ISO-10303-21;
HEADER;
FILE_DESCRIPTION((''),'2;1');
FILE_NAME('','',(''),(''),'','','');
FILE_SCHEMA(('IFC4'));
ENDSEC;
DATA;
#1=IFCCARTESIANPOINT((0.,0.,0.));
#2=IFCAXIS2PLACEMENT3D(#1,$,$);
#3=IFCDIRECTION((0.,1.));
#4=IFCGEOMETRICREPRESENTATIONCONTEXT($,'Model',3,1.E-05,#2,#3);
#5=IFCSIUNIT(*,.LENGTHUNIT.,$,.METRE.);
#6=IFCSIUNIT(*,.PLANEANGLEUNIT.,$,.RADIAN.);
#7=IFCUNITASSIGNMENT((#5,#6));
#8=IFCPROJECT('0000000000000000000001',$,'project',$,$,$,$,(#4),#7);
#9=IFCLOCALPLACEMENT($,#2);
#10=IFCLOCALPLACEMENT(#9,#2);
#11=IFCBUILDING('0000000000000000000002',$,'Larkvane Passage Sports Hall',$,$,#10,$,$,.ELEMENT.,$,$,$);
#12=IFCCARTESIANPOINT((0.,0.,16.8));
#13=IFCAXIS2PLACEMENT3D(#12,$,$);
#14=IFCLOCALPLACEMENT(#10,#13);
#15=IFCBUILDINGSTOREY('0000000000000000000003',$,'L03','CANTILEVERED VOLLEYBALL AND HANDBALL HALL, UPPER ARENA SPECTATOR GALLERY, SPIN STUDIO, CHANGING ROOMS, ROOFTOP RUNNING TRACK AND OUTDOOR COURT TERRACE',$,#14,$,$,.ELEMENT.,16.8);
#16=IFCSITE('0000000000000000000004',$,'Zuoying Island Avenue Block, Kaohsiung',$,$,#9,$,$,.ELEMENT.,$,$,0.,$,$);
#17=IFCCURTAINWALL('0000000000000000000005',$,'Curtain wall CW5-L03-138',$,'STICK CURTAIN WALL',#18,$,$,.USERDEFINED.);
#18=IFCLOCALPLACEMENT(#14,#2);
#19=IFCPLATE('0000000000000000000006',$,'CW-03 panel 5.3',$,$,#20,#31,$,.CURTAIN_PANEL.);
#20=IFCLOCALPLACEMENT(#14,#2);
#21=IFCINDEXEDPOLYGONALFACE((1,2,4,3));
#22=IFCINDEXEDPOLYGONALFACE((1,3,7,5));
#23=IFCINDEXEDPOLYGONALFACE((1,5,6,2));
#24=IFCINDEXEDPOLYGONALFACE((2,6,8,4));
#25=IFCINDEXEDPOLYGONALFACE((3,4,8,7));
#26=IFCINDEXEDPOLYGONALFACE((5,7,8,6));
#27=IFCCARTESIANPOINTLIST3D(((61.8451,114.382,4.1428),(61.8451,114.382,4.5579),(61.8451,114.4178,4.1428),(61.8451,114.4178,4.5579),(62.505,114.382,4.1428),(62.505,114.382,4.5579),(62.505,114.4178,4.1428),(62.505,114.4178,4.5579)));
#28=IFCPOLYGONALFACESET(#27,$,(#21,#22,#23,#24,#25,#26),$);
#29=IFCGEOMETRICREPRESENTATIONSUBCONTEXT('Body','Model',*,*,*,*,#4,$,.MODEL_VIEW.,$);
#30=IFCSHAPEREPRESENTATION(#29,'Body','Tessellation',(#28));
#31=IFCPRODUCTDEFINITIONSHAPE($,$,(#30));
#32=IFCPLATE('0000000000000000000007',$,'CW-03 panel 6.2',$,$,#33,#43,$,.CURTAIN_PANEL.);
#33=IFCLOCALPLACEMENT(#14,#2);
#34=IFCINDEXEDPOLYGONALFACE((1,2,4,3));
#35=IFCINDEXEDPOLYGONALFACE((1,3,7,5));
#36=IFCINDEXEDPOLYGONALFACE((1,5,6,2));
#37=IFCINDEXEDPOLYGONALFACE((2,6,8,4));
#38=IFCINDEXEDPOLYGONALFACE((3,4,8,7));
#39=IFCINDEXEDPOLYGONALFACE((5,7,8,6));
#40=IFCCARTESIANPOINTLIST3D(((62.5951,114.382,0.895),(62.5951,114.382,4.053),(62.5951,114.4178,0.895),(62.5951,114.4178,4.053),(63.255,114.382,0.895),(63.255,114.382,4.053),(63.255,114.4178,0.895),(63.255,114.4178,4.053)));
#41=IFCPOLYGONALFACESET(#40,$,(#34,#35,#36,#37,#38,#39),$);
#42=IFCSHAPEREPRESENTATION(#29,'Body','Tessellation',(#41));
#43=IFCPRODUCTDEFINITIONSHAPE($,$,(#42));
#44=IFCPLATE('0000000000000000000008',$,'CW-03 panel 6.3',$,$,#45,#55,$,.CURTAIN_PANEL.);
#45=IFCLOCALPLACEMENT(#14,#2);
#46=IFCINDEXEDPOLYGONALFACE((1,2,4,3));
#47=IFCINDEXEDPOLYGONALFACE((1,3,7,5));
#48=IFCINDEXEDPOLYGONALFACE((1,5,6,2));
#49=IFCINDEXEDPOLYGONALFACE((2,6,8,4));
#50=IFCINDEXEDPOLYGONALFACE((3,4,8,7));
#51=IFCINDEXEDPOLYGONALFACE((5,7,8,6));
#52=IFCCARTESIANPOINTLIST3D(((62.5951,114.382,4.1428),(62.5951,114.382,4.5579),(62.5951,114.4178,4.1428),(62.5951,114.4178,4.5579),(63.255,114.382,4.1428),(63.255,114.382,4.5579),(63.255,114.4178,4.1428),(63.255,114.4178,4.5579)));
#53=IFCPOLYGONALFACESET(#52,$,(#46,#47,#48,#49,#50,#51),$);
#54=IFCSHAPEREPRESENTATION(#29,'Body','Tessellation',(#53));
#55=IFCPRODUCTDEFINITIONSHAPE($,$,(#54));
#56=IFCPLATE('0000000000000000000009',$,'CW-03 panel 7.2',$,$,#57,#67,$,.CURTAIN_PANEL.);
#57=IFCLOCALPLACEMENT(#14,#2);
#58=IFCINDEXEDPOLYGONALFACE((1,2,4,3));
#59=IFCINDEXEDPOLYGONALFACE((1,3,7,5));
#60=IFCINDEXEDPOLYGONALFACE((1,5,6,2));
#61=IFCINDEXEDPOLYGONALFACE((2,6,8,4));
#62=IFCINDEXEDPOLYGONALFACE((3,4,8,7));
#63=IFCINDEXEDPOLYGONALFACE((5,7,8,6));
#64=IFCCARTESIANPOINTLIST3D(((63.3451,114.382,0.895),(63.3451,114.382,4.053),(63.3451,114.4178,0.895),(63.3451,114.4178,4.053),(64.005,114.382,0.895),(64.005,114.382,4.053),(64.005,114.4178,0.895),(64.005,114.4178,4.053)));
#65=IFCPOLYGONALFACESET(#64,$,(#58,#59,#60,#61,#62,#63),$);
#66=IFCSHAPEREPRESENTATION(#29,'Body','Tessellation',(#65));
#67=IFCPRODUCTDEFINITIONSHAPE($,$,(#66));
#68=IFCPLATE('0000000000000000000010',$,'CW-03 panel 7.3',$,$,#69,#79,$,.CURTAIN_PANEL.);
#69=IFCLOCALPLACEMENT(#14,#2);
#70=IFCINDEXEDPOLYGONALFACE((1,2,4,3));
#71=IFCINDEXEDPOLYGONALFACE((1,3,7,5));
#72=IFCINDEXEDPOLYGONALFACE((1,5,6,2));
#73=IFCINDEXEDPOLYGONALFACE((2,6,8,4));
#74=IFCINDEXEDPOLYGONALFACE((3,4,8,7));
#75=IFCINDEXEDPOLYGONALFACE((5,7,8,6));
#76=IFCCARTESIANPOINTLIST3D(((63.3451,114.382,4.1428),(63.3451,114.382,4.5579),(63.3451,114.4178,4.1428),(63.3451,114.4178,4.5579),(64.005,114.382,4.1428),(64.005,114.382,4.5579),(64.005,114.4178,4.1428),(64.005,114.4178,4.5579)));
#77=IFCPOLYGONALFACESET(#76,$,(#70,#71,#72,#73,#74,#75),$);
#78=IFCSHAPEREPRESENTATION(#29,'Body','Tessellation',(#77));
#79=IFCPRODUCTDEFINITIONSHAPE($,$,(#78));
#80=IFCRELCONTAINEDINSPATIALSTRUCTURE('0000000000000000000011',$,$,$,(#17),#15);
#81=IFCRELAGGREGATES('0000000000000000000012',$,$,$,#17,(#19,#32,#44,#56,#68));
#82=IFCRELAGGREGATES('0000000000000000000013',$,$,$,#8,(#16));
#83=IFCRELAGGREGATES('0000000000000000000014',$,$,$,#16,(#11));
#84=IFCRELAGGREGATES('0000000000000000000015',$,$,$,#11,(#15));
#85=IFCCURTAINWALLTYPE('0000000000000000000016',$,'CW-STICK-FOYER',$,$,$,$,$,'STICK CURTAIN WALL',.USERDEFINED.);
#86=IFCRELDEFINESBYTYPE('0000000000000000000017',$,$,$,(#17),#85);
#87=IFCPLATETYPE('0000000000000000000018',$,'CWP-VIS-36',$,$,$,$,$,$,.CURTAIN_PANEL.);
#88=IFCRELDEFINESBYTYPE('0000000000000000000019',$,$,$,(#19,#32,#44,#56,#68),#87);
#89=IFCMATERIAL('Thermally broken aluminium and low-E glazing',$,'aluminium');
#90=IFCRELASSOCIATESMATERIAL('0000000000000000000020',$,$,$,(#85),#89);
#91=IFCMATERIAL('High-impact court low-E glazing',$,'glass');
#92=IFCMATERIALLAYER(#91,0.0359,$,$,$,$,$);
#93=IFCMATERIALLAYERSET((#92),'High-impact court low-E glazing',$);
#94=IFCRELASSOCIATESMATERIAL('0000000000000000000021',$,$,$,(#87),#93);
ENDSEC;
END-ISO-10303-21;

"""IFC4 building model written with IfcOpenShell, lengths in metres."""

from ifc_helpers import new_model, si_unit, direction, frame, origin, origin_2d, place, context, subcontext, project, spatial, rectangle, extrude, material, layer, layer_set, type_object, element, aggregate, save


model = new_model("IFC4")

# Units and contexts
model_context = context("Model", 3, precision=1e-05, world=origin(), true_north=direction((0.0, 1.0)))
body_context = subcontext(model_context, "Body", "Model", "MODEL_VIEW")
ifc_project = project(units=[si_unit("LENGTHUNIT", "METRE"), si_unit("PLANEANGLEUNIT", "RADIAN")], contexts=[model_context])

# Site, building, storey
site_placement = place(None, origin())
site = spatial("IfcSite", under=ifc_project, at=site_placement, Name="Zuoying Island Avenue Block, Kaohsiung", CompositionType="ELEMENT", RefElevation=0.0)
building_placement = place(site_placement, origin())
building = spatial("IfcBuilding", under=site, at=building_placement, Name="Larkvane Passage Sports Hall", CompositionType="ELEMENT")
storey_placement = place(building_placement, frame((0.0, 0.0, 16.8)))
storey = spatial("IfcBuildingStorey", under=building, at=storey_placement, Name="L03", Description="CANTILEVERED VOLLEYBALL AND HANDBALL HALL, UPPER ARENA SPECTATOR GALLERY, SPIN STUDIO, CHANGING ROOMS, ROOFTOP RUNNING TRACK AND OUTDOOR COURT TERRACE", CompositionType="ELEMENT", Elevation=16.8)

# Curtain wall
ifc_material_1 = material(Name="Thermally broken aluminium and low-E glazing", Category="aluminium")
curtain_wall_type = type_object("IfcCurtainWallType", Name="CW-STICK-FOYER", ElementType="STICK CURTAIN WALL", PredefinedType="USERDEFINED", material=ifc_material_1)
curtain_wall_placement = place(storey_placement, origin())
curtain_wall = element("IfcCurtainWall", 1, at=curtain_wall_placement, inside=storey, type_object=curtain_wall_type, Name="Curtain wall CW5-L03-138", ObjectType="STICK CURTAIN WALL", PredefinedType="USERDEFINED")

# Plates
ifc_material_2 = material(Name="High-impact court low-E glazing", Category="glass")
ifc_layer_1 = layer(ifc_material_2, 0.0359)
ifc_layer_set_1 = layer_set([ifc_layer_1], Name="High-impact court low-E glazing")
plate_type_1 = type_object("IfcPlateType", Name="CWP-VIS-36", PredefinedType="CURTAIN_PANEL", material=ifc_layer_set_1)
plate_1_placement = place(storey_placement, frame((62.175, 114.3999, 4.1428), z_axis=(0.0, 0.0, 1.0), x_axis=(1.0, 0.0, 0.0)))
plate_1 = element("IfcPlate", 2, at=plate_1_placement, type_object=plate_type_1, Name="CW-03 panel 5.3", PredefinedType="CURTAIN_PANEL", context=body_context, shape_type="SweptSolid", body=[
    extrude(rectangle(XDim=0.6599, YDim=0.0359, at=origin_2d()), origin(), (0.0, 0.0, 1.0), 0.415),
])
plate_2_placement = place(storey_placement, frame((62.925, 114.3999, 0.895), z_axis=(0.0, 0.0, 1.0), x_axis=(1.0, 0.0, 0.0)))
plate_2 = element("IfcPlate", 3, at=plate_2_placement, type_object=plate_type_1, Name="CW-03 panel 6.2", PredefinedType="CURTAIN_PANEL", context=body_context, shape_type="SweptSolid", body=[
    extrude(rectangle(XDim=0.6599, YDim=0.0359, at=origin_2d()), origin(), (0.0, 0.0, 1.0), 3.158),
])
plate_3_placement = place(storey_placement, frame((62.925, 114.3999, 4.1428), z_axis=(0.0, 0.0, 1.0), x_axis=(1.0, 0.0, 0.0)))
plate_3 = element("IfcPlate", 4, at=plate_3_placement, type_object=plate_type_1, Name="CW-03 panel 6.3", PredefinedType="CURTAIN_PANEL", context=body_context, shape_type="SweptSolid", body=[
    extrude(rectangle(XDim=0.6599, YDim=0.0359, at=origin_2d()), origin(), (0.0, 0.0, 1.0), 0.415),
])
plate_4_placement = place(storey_placement, frame((63.675, 114.3999, 0.895), z_axis=(0.0, 0.0, 1.0), x_axis=(1.0, 0.0, 0.0)))
plate_4 = element("IfcPlate", 5, at=plate_4_placement, type_object=plate_type_1, Name="CW-03 panel 7.2", PredefinedType="CURTAIN_PANEL", context=body_context, shape_type="SweptSolid", body=[
    extrude(rectangle(XDim=0.6599, YDim=0.0359, at=origin_2d()), origin(), (0.0, 0.0, 1.0), 3.158),
])
plate_5_placement = place(storey_placement, frame((63.675, 114.3999, 4.1428), z_axis=(0.0, 0.0, 1.0), x_axis=(1.0, 0.0, 0.0)))
plate_5 = element("IfcPlate", 6, at=plate_5_placement, type_object=plate_type_1, Name="CW-03 panel 7.3", PredefinedType="CURTAIN_PANEL", context=body_context, shape_type="SweptSolid", body=[
    extrude(rectangle(XDim=0.6599, YDim=0.0359, at=origin_2d()), origin(), (0.0, 0.0, 1.0), 0.415),
])
aggregate(curtain_wall, [plate_1, plate_2, plate_3, plate_4, plate_5])

save(model, "model.ifc")
